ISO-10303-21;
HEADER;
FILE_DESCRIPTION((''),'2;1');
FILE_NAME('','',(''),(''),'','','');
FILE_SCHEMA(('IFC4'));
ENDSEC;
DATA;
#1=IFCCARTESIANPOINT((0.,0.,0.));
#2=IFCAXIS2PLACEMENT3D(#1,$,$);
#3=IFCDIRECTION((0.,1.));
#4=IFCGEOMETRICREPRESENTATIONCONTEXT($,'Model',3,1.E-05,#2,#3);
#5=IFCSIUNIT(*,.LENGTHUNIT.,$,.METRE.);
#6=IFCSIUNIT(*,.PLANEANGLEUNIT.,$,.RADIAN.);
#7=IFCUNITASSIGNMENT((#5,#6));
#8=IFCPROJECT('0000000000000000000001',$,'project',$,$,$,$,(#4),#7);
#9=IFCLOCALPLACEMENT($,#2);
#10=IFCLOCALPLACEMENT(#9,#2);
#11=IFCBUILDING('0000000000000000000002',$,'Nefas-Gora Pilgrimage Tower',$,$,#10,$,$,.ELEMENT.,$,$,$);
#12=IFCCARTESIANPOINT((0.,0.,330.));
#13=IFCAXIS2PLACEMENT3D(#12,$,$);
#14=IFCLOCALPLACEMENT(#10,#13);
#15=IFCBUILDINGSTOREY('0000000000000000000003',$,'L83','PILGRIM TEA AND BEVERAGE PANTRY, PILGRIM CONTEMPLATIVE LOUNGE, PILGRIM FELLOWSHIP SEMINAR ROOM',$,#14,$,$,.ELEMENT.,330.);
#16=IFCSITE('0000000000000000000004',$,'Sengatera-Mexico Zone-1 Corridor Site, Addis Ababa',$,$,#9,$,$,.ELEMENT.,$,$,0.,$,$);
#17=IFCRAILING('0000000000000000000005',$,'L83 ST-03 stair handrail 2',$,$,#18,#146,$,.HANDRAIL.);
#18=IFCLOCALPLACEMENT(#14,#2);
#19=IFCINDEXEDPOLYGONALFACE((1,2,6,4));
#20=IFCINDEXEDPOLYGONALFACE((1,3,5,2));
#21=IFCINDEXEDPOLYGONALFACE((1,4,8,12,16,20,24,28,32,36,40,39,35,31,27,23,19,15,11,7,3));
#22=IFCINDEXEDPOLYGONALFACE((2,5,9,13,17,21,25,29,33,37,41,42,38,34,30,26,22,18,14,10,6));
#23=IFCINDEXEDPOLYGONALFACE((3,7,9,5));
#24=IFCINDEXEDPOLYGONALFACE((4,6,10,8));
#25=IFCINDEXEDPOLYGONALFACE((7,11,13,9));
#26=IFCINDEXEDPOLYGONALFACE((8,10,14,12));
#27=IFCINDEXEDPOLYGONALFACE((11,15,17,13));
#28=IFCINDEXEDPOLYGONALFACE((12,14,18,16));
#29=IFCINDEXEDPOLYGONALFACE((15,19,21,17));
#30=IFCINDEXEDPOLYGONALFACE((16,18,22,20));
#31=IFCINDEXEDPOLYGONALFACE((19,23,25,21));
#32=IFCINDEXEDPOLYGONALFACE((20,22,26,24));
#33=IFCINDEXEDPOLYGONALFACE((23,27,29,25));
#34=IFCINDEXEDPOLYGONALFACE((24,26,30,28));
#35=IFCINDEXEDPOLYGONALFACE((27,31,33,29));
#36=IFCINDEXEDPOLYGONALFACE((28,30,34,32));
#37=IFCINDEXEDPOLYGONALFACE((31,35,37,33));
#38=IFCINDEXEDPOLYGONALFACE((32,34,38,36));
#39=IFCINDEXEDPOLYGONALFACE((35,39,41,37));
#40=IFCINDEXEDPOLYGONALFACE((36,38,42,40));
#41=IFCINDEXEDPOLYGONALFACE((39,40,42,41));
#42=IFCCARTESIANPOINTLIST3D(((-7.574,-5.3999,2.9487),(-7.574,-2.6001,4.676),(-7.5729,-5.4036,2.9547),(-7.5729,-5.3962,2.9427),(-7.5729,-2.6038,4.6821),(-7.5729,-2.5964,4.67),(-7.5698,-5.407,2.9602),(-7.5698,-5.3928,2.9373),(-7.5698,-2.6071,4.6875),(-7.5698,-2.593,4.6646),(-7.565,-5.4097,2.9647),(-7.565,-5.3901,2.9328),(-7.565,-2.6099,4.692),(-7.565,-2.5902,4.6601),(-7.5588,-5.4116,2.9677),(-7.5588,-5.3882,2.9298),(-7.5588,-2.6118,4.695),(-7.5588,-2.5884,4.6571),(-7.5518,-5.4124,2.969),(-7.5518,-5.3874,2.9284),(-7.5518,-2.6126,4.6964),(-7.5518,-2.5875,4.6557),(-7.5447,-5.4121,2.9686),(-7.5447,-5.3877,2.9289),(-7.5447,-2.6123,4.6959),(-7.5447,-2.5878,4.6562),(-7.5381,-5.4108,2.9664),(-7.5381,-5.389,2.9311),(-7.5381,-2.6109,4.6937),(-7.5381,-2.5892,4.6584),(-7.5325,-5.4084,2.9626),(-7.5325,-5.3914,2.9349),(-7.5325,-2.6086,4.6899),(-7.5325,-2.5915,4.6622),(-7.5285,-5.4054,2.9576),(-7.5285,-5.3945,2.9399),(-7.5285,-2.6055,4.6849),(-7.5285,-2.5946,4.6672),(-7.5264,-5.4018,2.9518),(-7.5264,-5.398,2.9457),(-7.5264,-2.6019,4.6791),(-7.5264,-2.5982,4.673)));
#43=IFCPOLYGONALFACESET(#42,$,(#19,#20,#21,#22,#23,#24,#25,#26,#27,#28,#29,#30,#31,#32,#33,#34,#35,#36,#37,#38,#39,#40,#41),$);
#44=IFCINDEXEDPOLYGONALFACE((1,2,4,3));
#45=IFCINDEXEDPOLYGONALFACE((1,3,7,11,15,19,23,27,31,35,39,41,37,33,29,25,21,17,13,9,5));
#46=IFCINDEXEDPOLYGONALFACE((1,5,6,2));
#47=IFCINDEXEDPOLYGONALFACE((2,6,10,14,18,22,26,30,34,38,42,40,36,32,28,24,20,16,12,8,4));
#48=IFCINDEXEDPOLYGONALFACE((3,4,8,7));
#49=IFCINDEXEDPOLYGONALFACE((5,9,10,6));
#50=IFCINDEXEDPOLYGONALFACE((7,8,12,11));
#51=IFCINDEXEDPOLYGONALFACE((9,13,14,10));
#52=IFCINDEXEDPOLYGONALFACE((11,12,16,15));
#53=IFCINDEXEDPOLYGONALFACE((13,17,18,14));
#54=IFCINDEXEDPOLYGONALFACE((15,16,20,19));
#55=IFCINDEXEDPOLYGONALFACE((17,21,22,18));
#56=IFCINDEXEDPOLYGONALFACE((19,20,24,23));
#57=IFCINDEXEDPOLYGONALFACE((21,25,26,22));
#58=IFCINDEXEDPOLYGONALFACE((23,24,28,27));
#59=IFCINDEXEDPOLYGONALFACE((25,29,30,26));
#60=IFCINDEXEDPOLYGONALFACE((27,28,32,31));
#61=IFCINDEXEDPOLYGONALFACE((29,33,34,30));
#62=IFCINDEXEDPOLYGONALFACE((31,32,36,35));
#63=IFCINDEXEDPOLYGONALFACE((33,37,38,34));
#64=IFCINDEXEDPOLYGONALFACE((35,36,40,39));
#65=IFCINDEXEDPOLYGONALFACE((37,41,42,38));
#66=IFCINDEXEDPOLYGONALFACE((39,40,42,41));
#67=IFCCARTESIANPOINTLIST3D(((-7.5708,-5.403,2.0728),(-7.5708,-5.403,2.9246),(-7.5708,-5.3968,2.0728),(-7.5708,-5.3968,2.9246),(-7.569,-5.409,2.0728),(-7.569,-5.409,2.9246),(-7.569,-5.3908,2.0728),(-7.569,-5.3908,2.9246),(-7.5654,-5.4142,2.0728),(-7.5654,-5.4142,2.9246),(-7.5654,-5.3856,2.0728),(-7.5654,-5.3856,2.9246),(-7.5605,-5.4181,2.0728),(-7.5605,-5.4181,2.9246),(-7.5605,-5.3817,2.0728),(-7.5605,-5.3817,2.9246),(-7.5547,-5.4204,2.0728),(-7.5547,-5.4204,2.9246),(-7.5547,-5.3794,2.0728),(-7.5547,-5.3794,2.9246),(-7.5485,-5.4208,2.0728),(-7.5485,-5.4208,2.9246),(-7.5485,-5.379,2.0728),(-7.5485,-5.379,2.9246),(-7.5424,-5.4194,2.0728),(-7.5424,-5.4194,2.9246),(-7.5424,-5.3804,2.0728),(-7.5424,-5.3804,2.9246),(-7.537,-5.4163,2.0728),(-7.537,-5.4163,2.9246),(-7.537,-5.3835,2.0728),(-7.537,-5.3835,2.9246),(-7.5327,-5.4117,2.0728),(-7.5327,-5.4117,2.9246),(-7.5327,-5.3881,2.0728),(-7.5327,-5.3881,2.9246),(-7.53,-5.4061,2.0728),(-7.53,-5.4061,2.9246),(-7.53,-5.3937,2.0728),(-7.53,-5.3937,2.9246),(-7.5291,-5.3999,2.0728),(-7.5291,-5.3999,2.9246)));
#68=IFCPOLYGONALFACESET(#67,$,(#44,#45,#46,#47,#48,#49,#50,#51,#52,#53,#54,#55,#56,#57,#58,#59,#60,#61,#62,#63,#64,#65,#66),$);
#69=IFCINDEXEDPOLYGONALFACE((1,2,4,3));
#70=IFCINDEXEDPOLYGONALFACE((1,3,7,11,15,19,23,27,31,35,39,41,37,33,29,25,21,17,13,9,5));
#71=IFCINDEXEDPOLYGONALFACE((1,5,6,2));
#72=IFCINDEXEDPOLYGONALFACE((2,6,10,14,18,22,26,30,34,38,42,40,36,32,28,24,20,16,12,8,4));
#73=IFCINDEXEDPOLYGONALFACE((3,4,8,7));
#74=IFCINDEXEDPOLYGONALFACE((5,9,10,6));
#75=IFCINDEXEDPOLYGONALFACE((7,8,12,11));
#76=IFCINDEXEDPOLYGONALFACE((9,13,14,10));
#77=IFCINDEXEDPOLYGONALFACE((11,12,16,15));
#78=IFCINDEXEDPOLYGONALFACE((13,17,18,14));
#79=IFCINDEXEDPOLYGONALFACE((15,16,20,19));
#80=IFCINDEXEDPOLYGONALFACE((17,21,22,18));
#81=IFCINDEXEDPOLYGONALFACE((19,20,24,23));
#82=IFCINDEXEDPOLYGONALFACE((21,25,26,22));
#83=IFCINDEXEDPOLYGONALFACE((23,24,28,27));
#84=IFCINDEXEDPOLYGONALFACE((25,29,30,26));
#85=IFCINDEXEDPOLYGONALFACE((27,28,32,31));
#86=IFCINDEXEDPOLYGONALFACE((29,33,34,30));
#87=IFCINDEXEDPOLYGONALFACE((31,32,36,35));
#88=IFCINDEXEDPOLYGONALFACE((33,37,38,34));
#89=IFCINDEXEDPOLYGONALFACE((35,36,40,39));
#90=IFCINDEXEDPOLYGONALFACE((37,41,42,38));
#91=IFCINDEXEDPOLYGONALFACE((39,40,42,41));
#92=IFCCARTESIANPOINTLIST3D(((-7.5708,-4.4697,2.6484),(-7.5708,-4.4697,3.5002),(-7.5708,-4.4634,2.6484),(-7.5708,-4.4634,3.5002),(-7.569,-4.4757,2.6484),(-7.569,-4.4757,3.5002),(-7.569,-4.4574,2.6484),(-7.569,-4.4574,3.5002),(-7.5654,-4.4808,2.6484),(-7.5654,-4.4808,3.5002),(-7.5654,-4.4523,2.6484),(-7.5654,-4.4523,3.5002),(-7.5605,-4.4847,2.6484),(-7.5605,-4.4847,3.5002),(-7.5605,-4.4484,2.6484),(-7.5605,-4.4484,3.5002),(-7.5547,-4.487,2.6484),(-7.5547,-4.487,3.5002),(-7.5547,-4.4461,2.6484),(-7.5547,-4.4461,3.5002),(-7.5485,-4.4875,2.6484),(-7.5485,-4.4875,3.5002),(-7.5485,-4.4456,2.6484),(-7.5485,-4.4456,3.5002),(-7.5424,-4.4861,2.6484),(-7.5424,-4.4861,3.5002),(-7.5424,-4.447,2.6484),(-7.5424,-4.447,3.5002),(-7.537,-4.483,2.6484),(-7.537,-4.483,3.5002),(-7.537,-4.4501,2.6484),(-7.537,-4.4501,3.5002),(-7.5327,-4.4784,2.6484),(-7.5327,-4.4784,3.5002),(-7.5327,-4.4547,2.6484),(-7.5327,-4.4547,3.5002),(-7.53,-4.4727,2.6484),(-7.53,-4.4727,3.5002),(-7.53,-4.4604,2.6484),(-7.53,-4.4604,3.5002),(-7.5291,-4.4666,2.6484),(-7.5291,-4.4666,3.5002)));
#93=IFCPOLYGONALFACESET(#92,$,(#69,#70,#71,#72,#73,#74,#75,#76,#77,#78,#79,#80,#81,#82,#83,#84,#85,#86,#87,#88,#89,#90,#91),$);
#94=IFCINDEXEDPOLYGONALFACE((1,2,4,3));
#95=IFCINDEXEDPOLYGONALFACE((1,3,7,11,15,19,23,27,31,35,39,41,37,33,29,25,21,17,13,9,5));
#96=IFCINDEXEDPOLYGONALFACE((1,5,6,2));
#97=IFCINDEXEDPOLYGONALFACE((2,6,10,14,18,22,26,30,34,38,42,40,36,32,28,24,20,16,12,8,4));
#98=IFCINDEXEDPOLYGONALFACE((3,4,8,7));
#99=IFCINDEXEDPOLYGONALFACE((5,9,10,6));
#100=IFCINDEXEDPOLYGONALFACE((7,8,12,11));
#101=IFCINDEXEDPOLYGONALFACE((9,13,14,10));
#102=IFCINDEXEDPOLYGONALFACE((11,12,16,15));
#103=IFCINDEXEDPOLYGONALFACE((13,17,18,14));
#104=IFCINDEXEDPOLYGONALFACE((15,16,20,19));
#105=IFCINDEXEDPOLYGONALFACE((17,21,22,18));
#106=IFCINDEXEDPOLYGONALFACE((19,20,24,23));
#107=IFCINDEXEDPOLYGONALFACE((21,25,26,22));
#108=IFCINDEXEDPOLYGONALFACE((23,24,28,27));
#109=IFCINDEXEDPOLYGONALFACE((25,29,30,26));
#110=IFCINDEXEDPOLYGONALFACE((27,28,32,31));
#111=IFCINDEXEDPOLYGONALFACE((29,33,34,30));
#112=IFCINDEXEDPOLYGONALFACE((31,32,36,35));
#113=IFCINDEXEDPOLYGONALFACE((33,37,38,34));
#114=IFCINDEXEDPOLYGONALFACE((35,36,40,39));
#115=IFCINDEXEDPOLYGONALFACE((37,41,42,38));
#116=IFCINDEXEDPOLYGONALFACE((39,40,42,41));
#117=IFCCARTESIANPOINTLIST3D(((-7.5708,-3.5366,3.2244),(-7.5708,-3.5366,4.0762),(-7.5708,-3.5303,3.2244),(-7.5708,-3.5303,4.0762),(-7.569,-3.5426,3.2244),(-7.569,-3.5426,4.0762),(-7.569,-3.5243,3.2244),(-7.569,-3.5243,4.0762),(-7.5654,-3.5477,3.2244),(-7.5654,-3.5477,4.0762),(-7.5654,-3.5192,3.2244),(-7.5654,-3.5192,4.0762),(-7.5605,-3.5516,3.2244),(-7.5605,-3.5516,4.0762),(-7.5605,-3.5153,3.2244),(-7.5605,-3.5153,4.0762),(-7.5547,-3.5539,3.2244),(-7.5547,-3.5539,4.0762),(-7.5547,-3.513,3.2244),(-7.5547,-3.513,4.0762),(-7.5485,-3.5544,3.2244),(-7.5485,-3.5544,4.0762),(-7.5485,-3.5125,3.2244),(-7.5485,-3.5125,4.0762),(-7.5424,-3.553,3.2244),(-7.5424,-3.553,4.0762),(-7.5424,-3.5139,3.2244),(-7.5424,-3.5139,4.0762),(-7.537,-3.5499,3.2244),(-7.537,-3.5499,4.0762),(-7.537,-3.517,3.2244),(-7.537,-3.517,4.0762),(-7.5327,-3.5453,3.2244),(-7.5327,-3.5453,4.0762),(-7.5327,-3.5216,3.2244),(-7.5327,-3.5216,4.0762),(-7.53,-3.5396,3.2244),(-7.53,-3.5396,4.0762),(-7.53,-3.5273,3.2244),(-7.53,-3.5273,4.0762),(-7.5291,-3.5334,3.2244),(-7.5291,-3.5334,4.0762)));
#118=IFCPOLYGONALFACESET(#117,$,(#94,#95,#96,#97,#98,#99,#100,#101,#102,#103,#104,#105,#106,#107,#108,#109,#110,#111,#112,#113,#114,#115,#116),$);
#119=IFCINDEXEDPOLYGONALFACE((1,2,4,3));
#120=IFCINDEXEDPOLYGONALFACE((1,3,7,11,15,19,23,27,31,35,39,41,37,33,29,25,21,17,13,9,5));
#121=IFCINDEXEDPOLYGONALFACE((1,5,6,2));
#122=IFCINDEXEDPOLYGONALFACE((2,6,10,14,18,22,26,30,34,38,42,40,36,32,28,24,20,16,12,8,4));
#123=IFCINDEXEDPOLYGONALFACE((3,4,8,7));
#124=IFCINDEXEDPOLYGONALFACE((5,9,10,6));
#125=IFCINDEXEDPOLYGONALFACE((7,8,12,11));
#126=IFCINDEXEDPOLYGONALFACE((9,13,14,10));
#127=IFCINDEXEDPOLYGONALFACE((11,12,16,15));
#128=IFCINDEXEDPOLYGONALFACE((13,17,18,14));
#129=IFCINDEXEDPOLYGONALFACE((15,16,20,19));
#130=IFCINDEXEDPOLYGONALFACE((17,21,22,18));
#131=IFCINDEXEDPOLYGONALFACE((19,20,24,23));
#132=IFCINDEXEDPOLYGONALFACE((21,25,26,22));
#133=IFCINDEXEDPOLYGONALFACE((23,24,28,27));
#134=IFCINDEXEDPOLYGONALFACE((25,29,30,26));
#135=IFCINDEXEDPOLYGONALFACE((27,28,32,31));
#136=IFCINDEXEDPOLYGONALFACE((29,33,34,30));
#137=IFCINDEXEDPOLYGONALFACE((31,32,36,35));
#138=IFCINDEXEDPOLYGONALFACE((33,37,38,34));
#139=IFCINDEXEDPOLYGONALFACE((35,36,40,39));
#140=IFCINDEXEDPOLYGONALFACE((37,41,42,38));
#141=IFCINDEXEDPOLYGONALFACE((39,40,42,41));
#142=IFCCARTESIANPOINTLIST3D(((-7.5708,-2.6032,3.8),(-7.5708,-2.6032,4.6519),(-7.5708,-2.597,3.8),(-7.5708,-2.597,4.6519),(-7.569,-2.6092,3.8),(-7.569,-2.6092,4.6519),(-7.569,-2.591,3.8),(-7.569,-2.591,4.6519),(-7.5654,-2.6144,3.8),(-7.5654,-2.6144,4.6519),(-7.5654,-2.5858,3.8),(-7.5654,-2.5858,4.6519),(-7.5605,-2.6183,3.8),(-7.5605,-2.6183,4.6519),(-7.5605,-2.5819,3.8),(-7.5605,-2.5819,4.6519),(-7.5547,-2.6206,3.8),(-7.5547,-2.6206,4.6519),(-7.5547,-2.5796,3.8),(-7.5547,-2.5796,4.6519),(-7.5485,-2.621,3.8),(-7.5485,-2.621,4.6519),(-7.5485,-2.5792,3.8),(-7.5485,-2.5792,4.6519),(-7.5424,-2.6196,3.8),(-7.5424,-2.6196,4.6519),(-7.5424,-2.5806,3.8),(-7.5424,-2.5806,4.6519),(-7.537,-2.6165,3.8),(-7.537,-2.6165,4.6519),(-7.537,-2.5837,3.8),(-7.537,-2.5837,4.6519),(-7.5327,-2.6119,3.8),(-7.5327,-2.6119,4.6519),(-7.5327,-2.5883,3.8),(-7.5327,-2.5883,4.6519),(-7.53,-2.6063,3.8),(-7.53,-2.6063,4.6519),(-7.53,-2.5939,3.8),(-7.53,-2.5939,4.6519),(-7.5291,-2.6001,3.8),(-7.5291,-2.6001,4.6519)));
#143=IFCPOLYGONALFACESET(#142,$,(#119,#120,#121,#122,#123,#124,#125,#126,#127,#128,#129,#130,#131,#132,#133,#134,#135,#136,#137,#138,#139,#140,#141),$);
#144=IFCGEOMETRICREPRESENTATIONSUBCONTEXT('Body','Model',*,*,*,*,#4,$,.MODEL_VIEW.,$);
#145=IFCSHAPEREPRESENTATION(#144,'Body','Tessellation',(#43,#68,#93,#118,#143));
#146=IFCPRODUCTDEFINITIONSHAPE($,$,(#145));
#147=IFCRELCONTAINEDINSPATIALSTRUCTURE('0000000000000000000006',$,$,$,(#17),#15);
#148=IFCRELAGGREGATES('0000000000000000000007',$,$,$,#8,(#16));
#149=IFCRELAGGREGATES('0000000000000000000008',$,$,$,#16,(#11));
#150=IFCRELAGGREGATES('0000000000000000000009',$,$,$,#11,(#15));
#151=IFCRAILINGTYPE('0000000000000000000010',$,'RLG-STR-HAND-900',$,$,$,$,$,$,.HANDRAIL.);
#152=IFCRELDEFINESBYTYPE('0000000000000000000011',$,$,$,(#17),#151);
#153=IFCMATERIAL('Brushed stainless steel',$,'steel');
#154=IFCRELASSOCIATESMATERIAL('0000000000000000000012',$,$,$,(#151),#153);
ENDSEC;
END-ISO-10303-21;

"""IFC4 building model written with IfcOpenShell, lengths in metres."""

from ifc_helpers import new_model, si_unit, direction, frame, origin, origin_2d, place, context, subcontext, project, spatial, circle, extrude, material, type_object, element, save


model = new_model("IFC4")

# Units and contexts
model_context = context("Model", 3, precision=1e-05, world=origin(), true_north=direction((0.0, 1.0)))
body_context = subcontext(model_context, "Body", "Model", "MODEL_VIEW")
ifc_project = project(units=[si_unit("LENGTHUNIT", "METRE"), si_unit("PLANEANGLEUNIT", "RADIAN")], contexts=[model_context])

# Site, building, storey
site_placement = place(None, origin())
site = spatial("IfcSite", under=ifc_project, at=site_placement, Name="Sengatera-Mexico Zone-1 Corridor Site, Addis Ababa", CompositionType="ELEMENT", RefElevation=0.0)
building_placement = place(site_placement, origin())
building = spatial("IfcBuilding", under=site, at=building_placement, Name="Nefas-Gora Pilgrimage Tower", CompositionType="ELEMENT")
storey_placement = place(building_placement, frame((0.0, 0.0, 330.0)))
storey = spatial("IfcBuildingStorey", under=building, at=storey_placement, Name="L83", Description="PILGRIM TEA AND BEVERAGE PANTRY, PILGRIM CONTEMPLATIVE LOUNGE, PILGRIM FELLOWSHIP SEMINAR ROOM", CompositionType="ELEMENT", Elevation=330.0)

# Railing
ifc_material_1 = material(Name="Brushed stainless steel", Category="steel")
railing_type_1 = type_object("IfcRailingType", Name="RLG-STR-HAND-900", PredefinedType="HANDRAIL", material=ifc_material_1)
railing_1_placement = place(storey_placement, frame((-7.55, -5.3999, 2.0728)))
element("IfcRailing", 1, at=railing_1_placement, inside=storey, type_object=railing_type_1, Name="L83 ST-03 stair handrail 2", PredefinedType="HANDRAIL", context=body_context, shape_type="SweptSolid", body=[
    extrude(circle(Radius=0.0239, at=origin_2d()), frame((0.0, 0.0, 0.876), z_axis=(0.0, 0.851069, 0.525054), x_axis=(-1.0, 0.0, 0.0)), (0.0, 0.0, 1.0), 3.2898),
    extrude(circle(Radius=0.021, at=origin_2d()), origin(), (0.0, 0.0, 1.0), 0.8518),
    extrude(circle(Radius=0.021, at=origin_2d()), frame((0.0, 0.9333, 0.5757)), (0.0, 0.0, 1.0), 0.8518),
    extrude(circle(Radius=0.021, at=origin_2d()), frame((0.0, 1.8665, 1.1516)), (0.0, 0.0, 1.0), 0.8518),
    extrude(circle(Radius=0.021, at=origin_2d()), frame((0.0, 2.7998, 1.7273)), (0.0, 0.0, 1.0), 0.8518),
])

save(model, "model.ifc")
